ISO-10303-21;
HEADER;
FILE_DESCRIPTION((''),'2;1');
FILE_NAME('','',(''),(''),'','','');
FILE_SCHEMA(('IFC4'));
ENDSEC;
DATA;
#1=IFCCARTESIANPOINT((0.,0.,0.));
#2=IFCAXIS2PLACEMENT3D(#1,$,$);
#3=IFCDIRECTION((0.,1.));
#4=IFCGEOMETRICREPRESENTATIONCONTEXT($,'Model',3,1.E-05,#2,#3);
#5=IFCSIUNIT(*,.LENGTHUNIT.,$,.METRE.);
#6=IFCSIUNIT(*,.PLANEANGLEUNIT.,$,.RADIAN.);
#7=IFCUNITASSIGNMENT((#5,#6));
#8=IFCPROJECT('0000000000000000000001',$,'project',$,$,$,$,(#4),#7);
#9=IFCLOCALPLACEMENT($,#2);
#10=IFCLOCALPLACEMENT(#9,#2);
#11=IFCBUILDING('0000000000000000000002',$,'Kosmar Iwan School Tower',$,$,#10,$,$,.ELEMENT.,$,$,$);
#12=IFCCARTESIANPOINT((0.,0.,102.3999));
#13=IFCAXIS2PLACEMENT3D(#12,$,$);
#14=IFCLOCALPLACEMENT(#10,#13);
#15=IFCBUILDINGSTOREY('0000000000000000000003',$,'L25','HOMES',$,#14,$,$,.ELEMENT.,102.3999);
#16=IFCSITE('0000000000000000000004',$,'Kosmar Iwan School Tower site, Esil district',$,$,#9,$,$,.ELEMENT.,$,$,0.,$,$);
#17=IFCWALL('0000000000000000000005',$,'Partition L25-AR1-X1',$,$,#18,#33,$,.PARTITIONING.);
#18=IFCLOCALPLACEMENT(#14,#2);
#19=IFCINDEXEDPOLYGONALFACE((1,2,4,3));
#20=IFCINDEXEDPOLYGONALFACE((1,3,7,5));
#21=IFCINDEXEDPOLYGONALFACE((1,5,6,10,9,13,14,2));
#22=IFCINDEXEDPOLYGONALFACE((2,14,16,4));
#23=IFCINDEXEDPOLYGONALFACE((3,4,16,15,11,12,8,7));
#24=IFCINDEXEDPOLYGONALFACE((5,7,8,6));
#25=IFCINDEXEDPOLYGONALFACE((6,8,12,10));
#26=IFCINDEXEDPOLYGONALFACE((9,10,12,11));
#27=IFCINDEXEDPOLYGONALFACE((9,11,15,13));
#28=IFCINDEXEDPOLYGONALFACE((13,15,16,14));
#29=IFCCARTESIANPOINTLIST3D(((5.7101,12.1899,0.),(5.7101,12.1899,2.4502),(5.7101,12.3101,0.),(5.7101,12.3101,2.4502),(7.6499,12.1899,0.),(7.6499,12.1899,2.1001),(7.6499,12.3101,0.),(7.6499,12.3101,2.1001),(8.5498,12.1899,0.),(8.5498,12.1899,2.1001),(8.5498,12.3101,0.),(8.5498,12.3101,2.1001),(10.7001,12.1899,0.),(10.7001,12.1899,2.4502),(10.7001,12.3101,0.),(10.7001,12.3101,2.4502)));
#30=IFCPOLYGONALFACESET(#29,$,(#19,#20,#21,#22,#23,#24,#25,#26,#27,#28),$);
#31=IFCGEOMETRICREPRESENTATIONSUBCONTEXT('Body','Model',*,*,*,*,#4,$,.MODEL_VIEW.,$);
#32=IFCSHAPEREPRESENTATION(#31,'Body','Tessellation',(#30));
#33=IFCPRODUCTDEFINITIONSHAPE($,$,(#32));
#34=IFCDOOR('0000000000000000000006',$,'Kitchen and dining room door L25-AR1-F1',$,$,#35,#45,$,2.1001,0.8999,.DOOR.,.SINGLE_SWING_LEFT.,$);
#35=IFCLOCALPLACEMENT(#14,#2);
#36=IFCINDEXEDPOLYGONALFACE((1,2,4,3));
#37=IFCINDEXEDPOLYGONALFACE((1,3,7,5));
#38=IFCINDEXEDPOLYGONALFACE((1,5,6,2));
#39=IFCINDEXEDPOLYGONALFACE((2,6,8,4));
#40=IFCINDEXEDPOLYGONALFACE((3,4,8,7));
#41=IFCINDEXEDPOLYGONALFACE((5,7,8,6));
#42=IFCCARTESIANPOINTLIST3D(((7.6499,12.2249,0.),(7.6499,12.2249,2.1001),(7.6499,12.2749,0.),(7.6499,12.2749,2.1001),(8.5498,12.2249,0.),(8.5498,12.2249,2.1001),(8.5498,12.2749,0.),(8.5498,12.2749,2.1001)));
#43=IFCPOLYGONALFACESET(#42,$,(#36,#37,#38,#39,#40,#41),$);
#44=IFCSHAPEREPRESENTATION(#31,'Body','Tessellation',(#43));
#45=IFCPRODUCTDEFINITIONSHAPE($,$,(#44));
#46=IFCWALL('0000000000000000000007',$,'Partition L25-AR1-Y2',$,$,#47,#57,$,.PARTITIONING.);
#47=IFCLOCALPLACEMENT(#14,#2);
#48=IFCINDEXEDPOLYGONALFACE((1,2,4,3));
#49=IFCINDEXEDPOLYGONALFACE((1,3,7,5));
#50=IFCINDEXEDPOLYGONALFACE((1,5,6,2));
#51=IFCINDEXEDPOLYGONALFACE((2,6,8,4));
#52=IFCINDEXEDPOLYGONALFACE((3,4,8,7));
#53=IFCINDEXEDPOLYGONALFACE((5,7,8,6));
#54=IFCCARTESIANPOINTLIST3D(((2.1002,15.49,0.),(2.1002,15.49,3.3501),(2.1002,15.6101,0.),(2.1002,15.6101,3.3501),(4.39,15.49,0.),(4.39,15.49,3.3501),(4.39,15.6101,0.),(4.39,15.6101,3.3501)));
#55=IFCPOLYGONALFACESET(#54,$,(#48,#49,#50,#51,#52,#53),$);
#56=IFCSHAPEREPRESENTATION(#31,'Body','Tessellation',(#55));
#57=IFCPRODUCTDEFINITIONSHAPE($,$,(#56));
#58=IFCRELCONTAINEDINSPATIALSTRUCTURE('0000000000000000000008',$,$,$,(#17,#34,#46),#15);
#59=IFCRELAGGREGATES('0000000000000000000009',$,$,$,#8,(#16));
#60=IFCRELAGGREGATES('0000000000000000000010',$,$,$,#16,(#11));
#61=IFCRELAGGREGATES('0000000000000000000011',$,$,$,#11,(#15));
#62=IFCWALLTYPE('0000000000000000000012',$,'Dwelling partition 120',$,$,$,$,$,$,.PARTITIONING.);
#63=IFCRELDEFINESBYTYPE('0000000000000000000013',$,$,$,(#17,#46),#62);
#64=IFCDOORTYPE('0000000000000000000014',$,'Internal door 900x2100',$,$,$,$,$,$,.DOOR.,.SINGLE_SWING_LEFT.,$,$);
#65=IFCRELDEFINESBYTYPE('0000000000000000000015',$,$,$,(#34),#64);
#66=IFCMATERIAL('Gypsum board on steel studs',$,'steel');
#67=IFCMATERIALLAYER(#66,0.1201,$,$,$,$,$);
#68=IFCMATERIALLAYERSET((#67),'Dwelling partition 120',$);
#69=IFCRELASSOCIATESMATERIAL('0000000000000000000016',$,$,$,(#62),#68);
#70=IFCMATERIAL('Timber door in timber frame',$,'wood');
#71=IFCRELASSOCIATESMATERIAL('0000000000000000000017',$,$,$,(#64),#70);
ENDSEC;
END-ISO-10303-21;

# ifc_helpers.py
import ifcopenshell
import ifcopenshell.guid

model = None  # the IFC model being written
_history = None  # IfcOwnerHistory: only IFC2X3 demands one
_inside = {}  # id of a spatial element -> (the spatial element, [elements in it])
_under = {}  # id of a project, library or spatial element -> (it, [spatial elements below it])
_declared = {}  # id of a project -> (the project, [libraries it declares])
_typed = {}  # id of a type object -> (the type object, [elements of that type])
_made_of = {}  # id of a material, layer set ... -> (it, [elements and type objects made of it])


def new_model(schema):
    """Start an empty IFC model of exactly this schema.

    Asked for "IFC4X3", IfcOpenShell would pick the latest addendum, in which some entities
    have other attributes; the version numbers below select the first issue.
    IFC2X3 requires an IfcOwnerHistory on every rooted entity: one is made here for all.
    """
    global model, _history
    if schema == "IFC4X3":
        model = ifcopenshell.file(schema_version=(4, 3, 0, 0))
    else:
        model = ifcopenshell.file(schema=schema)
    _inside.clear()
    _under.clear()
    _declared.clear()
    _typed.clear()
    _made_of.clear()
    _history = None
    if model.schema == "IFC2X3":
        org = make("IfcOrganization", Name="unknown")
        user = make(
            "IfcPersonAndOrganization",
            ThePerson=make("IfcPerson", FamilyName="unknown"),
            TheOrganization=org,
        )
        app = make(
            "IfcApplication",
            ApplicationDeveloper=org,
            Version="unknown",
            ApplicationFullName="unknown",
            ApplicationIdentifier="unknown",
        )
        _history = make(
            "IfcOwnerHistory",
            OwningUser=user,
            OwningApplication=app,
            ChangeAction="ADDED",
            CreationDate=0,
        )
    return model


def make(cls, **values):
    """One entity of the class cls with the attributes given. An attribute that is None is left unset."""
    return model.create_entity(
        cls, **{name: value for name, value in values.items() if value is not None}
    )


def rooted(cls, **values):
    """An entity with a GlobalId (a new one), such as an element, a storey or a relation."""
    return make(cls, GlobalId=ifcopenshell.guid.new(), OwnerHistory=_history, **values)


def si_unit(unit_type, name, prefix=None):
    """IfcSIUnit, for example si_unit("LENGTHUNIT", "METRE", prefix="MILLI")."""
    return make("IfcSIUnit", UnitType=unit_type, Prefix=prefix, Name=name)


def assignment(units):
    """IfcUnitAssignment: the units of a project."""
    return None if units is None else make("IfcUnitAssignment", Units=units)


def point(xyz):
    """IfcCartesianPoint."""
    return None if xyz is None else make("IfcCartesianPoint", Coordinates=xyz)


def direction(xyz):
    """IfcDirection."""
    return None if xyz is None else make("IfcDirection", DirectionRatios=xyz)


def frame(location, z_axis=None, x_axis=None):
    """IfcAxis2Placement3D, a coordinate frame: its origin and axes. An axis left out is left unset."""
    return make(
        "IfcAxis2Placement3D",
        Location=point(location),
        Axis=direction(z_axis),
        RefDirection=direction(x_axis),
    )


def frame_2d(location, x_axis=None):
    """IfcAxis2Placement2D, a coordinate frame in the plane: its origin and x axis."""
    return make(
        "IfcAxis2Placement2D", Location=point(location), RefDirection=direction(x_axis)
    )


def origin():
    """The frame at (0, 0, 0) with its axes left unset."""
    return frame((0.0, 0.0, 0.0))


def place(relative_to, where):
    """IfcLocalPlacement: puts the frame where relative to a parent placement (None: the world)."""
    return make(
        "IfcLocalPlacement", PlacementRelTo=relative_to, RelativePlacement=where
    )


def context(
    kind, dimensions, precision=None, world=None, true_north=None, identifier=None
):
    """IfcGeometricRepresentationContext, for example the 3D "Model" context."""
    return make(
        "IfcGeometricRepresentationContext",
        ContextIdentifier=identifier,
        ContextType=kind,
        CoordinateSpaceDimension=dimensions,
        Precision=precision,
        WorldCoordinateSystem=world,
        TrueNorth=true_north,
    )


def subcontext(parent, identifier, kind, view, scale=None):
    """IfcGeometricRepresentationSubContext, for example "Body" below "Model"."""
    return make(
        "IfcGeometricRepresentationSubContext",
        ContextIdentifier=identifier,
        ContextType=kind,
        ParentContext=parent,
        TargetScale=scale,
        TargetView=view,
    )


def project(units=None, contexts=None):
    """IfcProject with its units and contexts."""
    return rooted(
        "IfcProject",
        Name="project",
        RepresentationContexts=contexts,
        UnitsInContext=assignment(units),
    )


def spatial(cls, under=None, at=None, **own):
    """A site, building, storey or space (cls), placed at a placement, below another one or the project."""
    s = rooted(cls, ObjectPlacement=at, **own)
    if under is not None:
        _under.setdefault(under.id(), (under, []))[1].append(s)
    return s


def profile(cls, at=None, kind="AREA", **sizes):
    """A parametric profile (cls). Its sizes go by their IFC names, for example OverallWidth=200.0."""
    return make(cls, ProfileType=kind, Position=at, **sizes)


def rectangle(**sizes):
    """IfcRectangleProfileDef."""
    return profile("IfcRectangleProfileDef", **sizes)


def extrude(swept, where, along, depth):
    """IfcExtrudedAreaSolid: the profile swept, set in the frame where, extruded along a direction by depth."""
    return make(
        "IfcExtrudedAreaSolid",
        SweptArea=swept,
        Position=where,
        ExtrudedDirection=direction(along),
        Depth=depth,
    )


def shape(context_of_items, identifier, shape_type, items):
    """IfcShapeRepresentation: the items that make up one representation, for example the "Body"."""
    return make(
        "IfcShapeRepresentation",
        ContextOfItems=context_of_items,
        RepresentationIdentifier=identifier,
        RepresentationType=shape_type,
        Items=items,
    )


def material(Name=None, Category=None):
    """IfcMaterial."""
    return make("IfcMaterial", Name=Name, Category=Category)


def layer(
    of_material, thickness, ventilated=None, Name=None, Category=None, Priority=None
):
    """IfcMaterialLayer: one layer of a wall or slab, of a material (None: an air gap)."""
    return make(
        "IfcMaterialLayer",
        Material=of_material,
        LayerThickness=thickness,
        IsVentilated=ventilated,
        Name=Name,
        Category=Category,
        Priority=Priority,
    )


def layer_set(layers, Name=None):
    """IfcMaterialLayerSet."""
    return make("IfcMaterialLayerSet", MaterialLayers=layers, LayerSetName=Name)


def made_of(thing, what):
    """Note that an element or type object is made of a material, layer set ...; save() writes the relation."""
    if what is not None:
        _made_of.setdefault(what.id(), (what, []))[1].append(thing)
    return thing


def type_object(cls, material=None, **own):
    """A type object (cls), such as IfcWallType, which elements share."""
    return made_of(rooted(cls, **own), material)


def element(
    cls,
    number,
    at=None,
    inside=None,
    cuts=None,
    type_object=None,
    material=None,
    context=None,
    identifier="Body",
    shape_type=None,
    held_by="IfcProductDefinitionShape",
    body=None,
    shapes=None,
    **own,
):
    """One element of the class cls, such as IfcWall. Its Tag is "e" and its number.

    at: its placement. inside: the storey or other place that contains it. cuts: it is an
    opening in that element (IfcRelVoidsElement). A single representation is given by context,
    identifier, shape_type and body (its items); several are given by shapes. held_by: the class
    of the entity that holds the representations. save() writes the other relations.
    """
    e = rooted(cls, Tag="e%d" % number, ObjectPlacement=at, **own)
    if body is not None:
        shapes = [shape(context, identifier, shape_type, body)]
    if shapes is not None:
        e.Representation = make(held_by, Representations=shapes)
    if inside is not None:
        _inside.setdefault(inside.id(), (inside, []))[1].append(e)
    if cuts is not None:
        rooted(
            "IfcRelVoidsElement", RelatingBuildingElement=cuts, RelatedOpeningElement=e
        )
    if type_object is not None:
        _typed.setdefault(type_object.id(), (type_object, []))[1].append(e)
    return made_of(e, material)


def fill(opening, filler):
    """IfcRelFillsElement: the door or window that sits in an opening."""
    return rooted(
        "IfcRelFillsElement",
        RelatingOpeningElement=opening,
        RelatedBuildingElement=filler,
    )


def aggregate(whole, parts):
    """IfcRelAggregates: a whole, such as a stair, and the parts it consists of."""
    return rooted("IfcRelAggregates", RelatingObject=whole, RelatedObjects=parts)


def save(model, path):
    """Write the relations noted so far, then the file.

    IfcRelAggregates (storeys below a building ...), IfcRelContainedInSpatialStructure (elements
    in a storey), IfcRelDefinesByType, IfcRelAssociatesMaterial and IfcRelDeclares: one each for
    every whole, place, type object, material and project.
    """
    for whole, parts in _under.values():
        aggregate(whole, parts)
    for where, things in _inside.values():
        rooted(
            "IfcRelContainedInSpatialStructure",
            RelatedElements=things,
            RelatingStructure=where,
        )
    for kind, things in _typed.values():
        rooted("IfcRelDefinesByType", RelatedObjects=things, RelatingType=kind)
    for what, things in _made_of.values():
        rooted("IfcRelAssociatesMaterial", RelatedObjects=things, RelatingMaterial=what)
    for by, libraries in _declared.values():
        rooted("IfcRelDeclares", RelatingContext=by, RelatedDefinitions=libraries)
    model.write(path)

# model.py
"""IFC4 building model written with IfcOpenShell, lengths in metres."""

from ifc_helpers import new_model, si_unit, direction, frame, frame_2d, origin, place, context, subcontext, project, spatial, rectangle, extrude, material, layer, layer_set, type_object, element, fill, save


model = new_model("IFC4")

# Units and contexts
model_context = context("Model", 3, precision=1e-05, world=origin(), true_north=direction((0.0, 1.0)))
body_context = subcontext(model_context, "Body", "Model", "MODEL_VIEW")
ifc_project = project(units=[si_unit("LENGTHUNIT", "METRE"), si_unit("PLANEANGLEUNIT", "RADIAN")], contexts=[model_context])

# Site, building, storey
site_placement = place(None, origin())
site = spatial("IfcSite", under=ifc_project, at=site_placement, Name="Kosmar Iwan School Tower site, Esil district", CompositionType="ELEMENT", RefElevation=0.0)
building_placement = place(site_placement, origin())
building = spatial("IfcBuilding", under=site, at=building_placement, Name="Kosmar Iwan School Tower", CompositionType="ELEMENT")
storey_placement = place(building_placement, frame((0.0, 0.0, 102.3999)))
storey = spatial("IfcBuildingStorey", under=building, at=storey_placement, Name="L25", Description="HOMES", CompositionType="ELEMENT", Elevation=102.3999)

# Wall, opening, door
ifc_material_1 = material(Name="Gypsum board on steel studs", Category="steel")
ifc_layer_1 = layer(ifc_material_1, 0.1201)
ifc_layer_set_1 = layer_set([ifc_layer_1], Name="Dwelling partition 120")
wall_type_1 = type_object("IfcWallType", Name="Dwelling partition 120", PredefinedType="PARTITIONING", material=ifc_layer_set_1)
wall_1_placement = place(storey_placement, frame((5.71, 12.25, 0.0), z_axis=(0.0, 0.0, 1.0), x_axis=(1.0, 0.0, 0.0)))
wall_1 = element("IfcWall", 1, at=wall_1_placement, inside=storey, type_object=wall_type_1, Name="Partition L25-AR1-X1", PredefinedType="PARTITIONING", context=body_context, shape_type="SweptSolid", body=[
    extrude(rectangle(XDim=4.99, YDim=0.1201, at=frame_2d((2.4951, 0.0))), origin(), (0.0, 0.0, 1.0), 2.4502),
])
opening_1_placement = place(wall_1_placement, frame((1.9399, 0.0, 0.0)))
opening_1 = element("IfcOpeningElement", 2, at=opening_1_placement, cuts=wall_1, PredefinedType="OPENING", context=body_context, shape_type="SweptSolid", body=[
    extrude(rectangle(XDim=0.8999, YDim=2.1001, at=frame_2d((0.45, 1.05))), frame((0.0, 0.072, 0.0), z_axis=(0.0, -1.0, 0.0), x_axis=(1.0, 0.0, 0.0)), (0.0, 0.0, 1.0), 0.144),
])
ifc_material_2 = material(Name="Timber door in timber frame", Category="wood")
door_type_1 = type_object("IfcDoorType", Name="Internal door 900x2100", OperationType="SINGLE_SWING_LEFT", PredefinedType="DOOR", material=ifc_material_2)
door_1_placement = place(opening_1_placement, origin())
door_1 = element("IfcDoor", 3, at=door_1_placement, inside=storey, type_object=door_type_1, Name="Kitchen and dining room door L25-AR1-F1", OperationType="SINGLE_SWING_LEFT", OverallHeight=2.1001, OverallWidth=0.8999, PredefinedType="DOOR", context=body_context, shape_type="SweptSolid", body=[
    extrude(rectangle(XDim=0.8999, YDim=2.1001, at=frame_2d((0.45, 1.05))), frame((0.0, 0.0249, 0.0), z_axis=(0.0, -1.0, 0.0), x_axis=(1.0, 0.0, 0.0)), (0.0, 0.0, 1.0), 0.05),
])
fill(opening_1, door_1)

# Wall
wall_2_placement = place(storey_placement, frame((2.1001, 15.55, 0.0), z_axis=(0.0, 0.0, 1.0), x_axis=(1.0, 0.0, 0.0)))
element("IfcWall", 4, at=wall_2_placement, inside=storey, type_object=wall_type_1, Name="Partition L25-AR1-Y2", PredefinedType="PARTITIONING", context=body_context, shape_type="SweptSolid", body=[
    extrude(rectangle(XDim=2.2898, YDim=0.1201, at=frame_2d((1.145, 0.0))), origin(), (0.0, 0.0, 1.0), 3.3501),
])

save(model, "model.ifc")
